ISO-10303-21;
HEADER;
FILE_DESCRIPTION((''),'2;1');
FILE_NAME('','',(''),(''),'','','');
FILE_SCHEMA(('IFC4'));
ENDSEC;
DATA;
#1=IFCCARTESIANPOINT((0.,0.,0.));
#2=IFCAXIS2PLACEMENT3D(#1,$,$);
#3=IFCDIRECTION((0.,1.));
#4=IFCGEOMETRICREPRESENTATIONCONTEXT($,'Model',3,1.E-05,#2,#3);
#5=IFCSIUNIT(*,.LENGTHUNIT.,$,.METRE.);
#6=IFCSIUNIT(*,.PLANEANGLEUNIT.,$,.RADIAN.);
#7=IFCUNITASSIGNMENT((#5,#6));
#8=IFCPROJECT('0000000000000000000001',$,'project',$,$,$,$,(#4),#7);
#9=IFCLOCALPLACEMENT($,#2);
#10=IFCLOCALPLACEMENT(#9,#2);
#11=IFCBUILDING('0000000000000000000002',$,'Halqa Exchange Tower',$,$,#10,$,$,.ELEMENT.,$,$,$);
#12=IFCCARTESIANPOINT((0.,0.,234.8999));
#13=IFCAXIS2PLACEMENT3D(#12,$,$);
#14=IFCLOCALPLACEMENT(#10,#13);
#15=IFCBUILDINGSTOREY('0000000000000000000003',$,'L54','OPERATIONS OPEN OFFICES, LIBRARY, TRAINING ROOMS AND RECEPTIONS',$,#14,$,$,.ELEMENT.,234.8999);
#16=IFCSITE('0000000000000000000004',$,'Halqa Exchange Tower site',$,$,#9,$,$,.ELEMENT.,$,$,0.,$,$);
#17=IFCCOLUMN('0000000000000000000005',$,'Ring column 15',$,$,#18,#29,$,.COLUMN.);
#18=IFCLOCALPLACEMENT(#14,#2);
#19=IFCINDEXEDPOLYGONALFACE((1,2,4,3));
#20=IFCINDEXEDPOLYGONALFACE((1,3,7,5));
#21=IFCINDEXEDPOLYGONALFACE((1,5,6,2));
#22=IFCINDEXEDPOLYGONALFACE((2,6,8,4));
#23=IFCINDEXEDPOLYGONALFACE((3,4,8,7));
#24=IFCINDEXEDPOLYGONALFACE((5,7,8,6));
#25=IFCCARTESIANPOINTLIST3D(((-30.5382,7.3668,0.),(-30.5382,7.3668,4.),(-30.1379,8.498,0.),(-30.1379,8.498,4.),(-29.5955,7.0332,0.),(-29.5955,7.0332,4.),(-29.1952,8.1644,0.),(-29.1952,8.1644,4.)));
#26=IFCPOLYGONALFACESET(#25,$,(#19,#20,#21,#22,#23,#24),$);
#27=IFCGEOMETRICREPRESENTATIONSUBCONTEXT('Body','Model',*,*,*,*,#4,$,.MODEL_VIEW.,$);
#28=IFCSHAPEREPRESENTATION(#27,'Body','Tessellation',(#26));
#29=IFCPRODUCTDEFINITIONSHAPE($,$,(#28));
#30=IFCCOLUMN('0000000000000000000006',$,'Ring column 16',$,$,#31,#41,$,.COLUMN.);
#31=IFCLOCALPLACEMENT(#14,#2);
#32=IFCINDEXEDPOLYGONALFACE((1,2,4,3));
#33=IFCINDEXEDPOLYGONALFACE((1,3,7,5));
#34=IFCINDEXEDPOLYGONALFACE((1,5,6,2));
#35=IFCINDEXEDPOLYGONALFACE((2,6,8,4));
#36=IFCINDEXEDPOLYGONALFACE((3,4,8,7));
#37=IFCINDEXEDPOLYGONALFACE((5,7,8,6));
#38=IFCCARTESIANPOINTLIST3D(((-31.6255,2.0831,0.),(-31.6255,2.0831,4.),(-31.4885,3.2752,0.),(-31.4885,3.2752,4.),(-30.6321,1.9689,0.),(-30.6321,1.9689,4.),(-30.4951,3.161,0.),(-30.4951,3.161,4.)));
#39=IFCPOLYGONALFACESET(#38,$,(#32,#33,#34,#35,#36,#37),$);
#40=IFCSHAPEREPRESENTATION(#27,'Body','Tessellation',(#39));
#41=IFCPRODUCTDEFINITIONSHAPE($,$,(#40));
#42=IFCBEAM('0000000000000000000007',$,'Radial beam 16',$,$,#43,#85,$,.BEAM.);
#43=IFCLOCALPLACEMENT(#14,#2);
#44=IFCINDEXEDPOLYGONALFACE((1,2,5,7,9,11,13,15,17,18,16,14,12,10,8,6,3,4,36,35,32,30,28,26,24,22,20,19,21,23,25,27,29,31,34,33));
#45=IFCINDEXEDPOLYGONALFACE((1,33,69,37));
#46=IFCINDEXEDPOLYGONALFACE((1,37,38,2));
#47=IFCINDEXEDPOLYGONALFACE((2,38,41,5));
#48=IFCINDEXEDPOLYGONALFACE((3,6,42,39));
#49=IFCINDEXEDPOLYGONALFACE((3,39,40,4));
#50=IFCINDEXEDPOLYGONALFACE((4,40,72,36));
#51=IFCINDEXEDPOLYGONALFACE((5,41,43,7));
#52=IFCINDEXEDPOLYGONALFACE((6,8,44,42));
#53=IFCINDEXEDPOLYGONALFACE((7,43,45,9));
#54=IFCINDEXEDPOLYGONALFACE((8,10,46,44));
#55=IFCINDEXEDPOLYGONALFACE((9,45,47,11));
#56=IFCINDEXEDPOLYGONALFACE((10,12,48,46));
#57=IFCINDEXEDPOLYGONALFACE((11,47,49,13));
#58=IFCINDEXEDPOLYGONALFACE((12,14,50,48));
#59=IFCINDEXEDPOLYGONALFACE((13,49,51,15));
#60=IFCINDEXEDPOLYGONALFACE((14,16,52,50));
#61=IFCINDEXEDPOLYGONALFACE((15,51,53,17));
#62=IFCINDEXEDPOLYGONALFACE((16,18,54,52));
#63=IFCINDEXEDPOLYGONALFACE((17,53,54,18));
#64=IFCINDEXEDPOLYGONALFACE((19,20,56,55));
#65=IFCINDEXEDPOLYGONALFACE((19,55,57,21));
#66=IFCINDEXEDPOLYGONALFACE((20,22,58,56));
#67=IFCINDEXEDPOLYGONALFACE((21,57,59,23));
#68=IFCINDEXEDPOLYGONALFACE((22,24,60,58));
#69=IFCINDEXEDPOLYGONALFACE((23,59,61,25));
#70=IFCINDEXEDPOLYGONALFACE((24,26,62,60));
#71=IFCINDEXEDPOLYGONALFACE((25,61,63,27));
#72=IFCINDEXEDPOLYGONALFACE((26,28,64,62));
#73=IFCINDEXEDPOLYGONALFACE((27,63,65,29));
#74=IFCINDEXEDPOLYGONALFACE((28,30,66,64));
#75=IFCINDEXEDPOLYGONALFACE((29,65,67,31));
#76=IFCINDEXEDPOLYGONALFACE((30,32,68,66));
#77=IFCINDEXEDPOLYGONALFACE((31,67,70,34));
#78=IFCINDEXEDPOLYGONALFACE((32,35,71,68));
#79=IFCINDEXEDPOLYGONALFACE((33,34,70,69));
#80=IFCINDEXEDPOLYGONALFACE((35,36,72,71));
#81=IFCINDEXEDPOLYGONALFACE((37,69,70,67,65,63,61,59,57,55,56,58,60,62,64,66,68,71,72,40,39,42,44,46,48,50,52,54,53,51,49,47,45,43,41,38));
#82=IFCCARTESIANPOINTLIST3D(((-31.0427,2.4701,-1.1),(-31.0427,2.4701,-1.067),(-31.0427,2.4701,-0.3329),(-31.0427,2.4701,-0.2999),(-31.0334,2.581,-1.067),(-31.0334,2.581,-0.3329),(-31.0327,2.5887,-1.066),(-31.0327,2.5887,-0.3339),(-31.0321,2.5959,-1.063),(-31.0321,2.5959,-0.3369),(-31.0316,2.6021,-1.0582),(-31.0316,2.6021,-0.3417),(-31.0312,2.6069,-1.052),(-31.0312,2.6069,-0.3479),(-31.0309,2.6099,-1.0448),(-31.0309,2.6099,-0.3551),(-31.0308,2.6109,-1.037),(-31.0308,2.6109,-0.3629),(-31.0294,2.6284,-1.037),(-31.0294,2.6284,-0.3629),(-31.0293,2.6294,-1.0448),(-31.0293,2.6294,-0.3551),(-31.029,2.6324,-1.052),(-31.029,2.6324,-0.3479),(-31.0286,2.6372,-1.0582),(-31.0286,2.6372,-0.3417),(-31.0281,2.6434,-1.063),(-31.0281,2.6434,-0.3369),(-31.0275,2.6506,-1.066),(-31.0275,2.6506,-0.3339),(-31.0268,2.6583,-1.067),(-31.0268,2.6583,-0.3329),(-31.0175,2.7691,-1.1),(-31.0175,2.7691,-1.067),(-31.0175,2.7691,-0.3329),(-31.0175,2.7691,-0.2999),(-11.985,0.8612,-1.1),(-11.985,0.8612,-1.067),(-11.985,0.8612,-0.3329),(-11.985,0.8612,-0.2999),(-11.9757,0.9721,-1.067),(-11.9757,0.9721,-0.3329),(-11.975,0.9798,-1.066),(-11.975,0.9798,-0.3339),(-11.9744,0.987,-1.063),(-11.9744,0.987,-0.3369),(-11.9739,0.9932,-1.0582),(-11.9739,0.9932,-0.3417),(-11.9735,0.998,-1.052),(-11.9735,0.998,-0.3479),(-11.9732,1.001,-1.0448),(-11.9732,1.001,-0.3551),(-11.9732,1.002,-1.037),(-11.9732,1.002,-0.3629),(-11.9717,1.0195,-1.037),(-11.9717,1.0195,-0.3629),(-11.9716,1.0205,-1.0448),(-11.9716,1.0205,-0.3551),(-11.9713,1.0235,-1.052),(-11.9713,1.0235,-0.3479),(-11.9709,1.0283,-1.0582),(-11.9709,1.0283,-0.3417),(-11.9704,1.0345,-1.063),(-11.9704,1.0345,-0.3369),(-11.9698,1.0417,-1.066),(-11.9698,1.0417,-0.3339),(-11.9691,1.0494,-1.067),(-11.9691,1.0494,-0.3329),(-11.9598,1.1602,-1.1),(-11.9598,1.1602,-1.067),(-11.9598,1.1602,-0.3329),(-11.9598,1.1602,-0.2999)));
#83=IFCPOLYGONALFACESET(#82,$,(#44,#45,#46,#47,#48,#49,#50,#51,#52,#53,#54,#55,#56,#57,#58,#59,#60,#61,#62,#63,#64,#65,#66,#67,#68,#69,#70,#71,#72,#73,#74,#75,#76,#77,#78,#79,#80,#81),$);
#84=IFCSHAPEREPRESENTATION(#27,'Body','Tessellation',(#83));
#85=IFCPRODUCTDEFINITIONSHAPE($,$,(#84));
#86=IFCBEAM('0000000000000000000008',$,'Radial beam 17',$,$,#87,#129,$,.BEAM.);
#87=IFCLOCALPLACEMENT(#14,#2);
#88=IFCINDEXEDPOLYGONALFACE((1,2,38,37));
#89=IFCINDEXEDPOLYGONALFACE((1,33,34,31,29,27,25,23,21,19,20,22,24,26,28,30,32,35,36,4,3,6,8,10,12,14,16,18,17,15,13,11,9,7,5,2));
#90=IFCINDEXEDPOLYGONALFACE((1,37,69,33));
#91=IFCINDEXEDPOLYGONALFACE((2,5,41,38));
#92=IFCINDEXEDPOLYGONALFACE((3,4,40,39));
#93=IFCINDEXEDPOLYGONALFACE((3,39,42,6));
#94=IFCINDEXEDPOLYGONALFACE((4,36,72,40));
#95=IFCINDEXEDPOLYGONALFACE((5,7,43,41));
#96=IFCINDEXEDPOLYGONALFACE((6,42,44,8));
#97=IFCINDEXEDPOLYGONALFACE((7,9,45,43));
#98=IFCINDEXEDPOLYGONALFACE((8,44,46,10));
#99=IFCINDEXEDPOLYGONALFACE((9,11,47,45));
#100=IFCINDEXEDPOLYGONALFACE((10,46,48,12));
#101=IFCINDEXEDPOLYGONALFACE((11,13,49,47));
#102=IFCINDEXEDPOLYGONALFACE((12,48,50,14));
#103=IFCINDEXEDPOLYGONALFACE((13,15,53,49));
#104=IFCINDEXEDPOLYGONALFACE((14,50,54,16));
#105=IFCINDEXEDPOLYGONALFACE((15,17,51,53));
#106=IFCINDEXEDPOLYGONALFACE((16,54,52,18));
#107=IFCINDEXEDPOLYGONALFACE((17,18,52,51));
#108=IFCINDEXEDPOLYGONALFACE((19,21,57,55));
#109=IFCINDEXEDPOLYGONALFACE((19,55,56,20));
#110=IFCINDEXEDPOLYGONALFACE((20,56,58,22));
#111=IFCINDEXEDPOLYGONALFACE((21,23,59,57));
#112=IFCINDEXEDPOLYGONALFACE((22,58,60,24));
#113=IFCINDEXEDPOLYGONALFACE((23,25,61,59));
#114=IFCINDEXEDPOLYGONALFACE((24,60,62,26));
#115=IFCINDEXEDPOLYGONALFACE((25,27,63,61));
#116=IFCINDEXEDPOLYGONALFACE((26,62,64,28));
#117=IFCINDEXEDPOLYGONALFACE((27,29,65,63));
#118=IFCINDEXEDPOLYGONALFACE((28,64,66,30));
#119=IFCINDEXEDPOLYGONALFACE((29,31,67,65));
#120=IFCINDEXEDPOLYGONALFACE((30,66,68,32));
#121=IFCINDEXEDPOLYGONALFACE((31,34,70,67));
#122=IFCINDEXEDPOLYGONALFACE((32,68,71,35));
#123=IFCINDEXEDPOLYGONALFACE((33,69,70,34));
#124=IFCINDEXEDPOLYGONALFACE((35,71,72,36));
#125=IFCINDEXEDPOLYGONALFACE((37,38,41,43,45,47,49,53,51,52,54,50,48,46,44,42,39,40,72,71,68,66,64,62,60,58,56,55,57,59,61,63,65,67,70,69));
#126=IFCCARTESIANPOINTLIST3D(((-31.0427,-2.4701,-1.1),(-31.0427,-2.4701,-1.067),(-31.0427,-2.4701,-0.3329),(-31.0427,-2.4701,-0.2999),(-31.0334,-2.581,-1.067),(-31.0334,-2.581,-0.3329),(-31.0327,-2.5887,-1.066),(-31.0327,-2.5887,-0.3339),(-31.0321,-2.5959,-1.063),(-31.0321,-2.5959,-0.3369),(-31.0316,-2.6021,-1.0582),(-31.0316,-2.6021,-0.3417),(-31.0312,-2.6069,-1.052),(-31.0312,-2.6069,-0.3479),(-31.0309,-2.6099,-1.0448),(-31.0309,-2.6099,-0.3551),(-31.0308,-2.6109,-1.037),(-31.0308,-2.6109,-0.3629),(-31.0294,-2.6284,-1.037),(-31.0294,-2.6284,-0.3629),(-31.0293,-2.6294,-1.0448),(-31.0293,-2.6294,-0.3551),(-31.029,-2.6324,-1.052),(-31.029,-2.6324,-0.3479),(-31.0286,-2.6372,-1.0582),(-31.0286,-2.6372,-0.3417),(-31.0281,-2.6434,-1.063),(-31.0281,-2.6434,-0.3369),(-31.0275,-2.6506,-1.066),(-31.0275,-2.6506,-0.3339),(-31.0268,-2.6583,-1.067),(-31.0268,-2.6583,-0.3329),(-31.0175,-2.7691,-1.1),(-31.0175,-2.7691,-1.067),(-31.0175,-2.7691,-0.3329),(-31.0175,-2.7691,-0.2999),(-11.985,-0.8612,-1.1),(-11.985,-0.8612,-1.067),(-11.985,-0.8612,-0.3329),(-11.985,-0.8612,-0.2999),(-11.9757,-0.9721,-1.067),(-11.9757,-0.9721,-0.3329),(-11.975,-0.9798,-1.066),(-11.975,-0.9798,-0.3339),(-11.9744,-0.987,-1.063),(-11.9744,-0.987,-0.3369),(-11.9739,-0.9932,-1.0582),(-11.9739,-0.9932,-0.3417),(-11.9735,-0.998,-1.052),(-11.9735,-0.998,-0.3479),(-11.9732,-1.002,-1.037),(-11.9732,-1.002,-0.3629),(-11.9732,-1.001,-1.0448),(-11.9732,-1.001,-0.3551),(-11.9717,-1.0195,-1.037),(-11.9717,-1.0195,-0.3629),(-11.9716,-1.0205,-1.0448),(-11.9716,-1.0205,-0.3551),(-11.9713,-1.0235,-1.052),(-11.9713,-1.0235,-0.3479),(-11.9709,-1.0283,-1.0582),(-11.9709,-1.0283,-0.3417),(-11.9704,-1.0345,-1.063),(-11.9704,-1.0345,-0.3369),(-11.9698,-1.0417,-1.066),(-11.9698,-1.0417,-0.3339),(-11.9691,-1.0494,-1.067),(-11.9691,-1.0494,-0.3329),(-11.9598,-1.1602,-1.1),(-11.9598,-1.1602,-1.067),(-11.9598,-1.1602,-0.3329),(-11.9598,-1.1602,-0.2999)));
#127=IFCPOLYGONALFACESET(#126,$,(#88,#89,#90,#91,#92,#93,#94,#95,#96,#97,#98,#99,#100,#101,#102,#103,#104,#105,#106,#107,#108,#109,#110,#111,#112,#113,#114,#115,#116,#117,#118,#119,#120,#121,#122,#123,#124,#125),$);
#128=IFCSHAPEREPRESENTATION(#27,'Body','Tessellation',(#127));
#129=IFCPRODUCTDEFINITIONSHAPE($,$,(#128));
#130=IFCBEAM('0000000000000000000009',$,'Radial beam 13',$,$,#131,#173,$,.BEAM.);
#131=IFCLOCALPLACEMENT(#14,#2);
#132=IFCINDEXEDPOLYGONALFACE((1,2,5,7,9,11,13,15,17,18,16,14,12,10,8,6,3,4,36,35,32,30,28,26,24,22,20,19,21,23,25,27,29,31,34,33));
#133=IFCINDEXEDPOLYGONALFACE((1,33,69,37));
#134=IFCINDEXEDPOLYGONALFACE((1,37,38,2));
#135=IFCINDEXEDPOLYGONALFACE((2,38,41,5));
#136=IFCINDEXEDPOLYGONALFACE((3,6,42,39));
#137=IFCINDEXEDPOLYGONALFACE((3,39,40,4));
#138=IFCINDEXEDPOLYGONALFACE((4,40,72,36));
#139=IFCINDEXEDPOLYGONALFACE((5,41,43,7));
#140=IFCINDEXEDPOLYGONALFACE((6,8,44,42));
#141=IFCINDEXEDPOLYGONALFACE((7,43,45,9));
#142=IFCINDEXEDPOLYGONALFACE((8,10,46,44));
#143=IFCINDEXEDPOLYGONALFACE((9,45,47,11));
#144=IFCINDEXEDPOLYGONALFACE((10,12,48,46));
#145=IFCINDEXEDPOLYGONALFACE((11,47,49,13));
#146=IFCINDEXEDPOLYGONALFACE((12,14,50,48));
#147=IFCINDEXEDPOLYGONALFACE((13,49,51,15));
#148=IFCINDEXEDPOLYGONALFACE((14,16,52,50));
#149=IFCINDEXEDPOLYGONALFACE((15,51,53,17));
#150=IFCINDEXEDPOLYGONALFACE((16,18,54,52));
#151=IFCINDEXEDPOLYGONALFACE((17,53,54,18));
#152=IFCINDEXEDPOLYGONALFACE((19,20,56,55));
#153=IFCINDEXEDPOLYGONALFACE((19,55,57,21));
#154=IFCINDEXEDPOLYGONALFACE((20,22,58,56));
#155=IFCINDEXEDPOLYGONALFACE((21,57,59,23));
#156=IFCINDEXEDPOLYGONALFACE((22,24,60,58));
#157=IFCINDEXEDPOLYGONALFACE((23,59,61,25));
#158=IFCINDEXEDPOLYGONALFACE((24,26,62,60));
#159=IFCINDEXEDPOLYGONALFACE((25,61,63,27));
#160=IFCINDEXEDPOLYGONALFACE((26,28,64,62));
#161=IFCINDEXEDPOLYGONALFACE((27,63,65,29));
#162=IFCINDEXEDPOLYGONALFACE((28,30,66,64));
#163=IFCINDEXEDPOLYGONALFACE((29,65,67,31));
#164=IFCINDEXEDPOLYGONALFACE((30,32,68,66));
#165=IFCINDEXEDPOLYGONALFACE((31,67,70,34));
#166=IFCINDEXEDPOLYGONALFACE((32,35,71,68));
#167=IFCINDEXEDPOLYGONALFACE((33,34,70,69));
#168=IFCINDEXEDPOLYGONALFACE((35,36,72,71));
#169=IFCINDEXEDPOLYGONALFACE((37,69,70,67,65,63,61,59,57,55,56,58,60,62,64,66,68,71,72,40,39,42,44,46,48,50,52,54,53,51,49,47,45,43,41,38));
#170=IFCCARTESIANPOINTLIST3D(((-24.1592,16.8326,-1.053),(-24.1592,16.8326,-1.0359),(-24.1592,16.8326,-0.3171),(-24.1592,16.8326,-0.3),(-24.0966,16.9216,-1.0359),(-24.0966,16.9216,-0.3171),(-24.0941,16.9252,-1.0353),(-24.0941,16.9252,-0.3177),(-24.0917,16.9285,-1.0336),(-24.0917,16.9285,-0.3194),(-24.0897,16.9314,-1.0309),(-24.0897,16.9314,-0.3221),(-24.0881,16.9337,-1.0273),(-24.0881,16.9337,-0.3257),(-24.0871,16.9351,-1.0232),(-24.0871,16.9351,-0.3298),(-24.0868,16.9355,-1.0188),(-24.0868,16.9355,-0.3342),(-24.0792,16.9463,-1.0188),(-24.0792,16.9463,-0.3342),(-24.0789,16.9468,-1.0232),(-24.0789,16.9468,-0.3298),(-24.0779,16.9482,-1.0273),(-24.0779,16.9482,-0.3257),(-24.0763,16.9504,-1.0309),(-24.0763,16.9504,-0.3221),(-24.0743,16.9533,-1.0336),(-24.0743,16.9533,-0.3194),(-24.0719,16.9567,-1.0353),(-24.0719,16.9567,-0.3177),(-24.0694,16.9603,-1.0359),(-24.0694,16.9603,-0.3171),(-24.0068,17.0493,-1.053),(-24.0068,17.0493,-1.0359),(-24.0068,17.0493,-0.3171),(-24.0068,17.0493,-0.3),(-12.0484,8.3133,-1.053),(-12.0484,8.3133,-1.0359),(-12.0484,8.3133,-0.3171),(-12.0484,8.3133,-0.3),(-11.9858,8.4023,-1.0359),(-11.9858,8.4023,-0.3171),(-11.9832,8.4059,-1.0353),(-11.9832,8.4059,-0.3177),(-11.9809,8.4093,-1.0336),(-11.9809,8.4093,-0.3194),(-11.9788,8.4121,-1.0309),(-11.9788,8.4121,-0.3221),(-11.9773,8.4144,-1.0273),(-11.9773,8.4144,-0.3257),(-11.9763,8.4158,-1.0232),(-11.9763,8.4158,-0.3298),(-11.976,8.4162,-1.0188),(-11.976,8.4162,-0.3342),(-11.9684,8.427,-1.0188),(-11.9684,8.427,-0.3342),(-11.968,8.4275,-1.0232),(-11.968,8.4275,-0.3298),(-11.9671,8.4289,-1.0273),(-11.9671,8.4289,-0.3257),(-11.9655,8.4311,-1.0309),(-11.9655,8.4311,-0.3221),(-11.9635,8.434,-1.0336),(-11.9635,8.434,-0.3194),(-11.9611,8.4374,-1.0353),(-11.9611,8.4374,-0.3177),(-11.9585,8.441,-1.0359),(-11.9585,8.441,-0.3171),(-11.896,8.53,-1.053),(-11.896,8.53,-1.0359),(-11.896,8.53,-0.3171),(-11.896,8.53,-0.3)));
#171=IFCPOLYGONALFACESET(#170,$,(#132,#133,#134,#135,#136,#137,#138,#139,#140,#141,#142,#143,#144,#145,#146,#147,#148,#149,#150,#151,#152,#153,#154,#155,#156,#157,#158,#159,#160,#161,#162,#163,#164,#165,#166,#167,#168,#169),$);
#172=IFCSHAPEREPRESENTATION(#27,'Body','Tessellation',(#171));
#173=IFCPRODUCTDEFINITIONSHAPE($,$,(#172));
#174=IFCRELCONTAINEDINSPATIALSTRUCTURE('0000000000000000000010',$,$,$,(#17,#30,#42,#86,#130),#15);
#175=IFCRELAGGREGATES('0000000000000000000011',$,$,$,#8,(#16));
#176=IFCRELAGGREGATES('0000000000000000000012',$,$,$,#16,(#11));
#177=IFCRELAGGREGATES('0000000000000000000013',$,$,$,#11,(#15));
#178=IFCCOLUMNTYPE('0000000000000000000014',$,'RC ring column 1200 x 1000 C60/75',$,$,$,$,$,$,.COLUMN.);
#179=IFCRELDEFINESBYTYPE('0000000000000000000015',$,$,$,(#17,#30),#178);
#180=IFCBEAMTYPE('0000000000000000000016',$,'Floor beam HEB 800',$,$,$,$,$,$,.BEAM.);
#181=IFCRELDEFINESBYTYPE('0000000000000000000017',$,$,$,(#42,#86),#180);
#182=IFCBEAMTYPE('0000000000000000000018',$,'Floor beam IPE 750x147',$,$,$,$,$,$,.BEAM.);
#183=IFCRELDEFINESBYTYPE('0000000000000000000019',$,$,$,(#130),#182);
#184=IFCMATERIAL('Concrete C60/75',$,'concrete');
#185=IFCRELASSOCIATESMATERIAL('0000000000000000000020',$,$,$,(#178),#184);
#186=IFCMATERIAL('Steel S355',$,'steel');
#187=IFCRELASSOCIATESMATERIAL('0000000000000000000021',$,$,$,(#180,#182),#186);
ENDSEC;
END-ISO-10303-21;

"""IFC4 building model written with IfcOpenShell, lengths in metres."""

from ifc_helpers import new_model, si_unit, direction, frame, origin, origin_2d, place, context, subcontext, project, spatial, rectangle, i_section, extrude, material, material_profile, profile_set, type_object, element, save


model = new_model("IFC4")

# Units and contexts
model_context = context("Model", 3, precision=1e-05, world=origin(), true_north=direction((0.0, 1.0)))
body_context = subcontext(model_context, "Body", "Model", "MODEL_VIEW")
ifc_project = project(units=[si_unit("LENGTHUNIT", "METRE"), si_unit("PLANEANGLEUNIT", "RADIAN")], contexts=[model_context])

# Site, building, storey
site_placement = place(None, origin())
site = spatial("IfcSite", under=ifc_project, at=site_placement, Name="Halqa Exchange Tower site", CompositionType="ELEMENT", RefElevation=0.0)
building_placement = place(site_placement, origin())
building = spatial("IfcBuilding", under=site, at=building_placement, Name="Halqa Exchange Tower", CompositionType="ELEMENT")
storey_placement = place(building_placement, frame((0.0, 0.0, 234.8999)))
storey = spatial("IfcBuildingStorey", under=building, at=storey_placement, Name="L54", Description="OPERATIONS OPEN OFFICES, LIBRARY, TRAINING ROOMS AND RECEPTIONS", CompositionType="ELEMENT", Elevation=234.8999)

# Columns
ifc_material_1 = material(Name="Concrete C60/75", Category="concrete")
ifc_material_profile_1 = material_profile(ifc_material_1, rectangle(XDim=1.2, YDim=1.0, at=origin_2d()), Name="1200 x 1000")
ifc_profile_set_1 = profile_set([ifc_material_profile_1], Name="Concrete C60/75")
column_type = type_object("IfcColumnType", Name="RC ring column 1200 x 1000 C60/75", PredefinedType="COLUMN", material=ifc_profile_set_1)
for number, where, z_axis, x_axis, name in (
    (1, (-29.8667, 7.7656, 0.0), (0.0, 0.0, 1.0), (-0.333624, -0.942706, 0.0), "Ring column 15"),
    (2, (-31.0603, 2.6221, 0.0), (0.0, 0.0, 1.0), (-0.114153, -0.993463, 0.0), "Ring column 16"),
):
    element("IfcColumn", number, at=place(storey_placement, frame(where, z_axis=z_axis, x_axis=x_axis)), inside=storey, type_object=column_type, Name=name, PredefinedType="COLUMN", context=body_context, shape_type="SweptSolid", body=[
        extrude(rectangle(XDim=1.2, YDim=1.0, at=origin_2d()), origin(), (0.0, 0.0, 1.0), 4.0),
    ])

# Beams
ifc_material_2 = material(Name="Steel S355", Category="steel")
ifc_material_profile_2 = material_profile(ifc_material_2, i_section(OverallWidth=0.3, OverallDepth=0.8, WebThickness=0.0176, FlangeThickness=0.033, FilletRadius=0.03, at=origin_2d()), Name="HEB 800")
ifc_profile_set_2 = profile_set([ifc_material_profile_2], Name="Steel S355")
beam_type_1 = type_object("IfcBeamType", Name="Floor beam HEB 800", PredefinedType="BEAM", material=ifc_profile_set_2)
for number, where, z_axis, x_axis, name in (
    (3, (-11.9724, 1.0107, -0.7), (-0.996455, 0.084123, 0.0), (-0.084123, -0.996455, 0.0), "Radial beam 16"),
    (4, (-11.9724, -1.0107, -0.7), (-0.996455, -0.084123, 0.0), (0.084123, -0.996455, 0.0), "Radial beam 17"),
):
    element("IfcBeam", number, at=place(storey_placement, frame(where, z_axis=z_axis, x_axis=x_axis)), inside=storey, type_object=beam_type_1, Name=name, PredefinedType="BEAM", context=body_context, shape_type="SweptSolid", body=[
        extrude(i_section(OverallWidth=0.3, OverallDepth=0.8, WebThickness=0.0176, FlangeThickness=0.033, FilletRadius=0.03, at=origin_2d()), origin(), (0.0, 0.0, 1.0), 19.1255),
    ])
ifc_material_profile_3 = material_profile(ifc_material_2, i_section(OverallWidth=0.2649, OverallDepth=0.7529, WebThickness=0.0132, FlangeThickness=0.0171, FilletRadius=0.0171, at=origin_2d()), Name="IPE 750x147")
ifc_profile_set_3 = profile_set([ifc_material_profile_3], Name="Steel S355")
beam_type_2 = type_object("IfcBeamType", Name="Floor beam IPE 750x147", PredefinedType="BEAM", material=ifc_profile_set_3)
beam_1_placement = place(storey_placement, frame((-11.9722, 8.4216, -0.6765), z_axis=(-0.817907, 0.575351, 0.0), x_axis=(-0.575351, -0.817907, 0.0)))
element("IfcBeam", 5, at=beam_1_placement, inside=storey, type_object=beam_type_2, Name="Radial beam 13", PredefinedType="BEAM", context=body_context, shape_type="SweptSolid", body=[
    extrude(i_section(OverallWidth=0.2649, OverallDepth=0.7529, WebThickness=0.0132, FlangeThickness=0.0171, FilletRadius=0.0171, at=origin_2d()), origin(), (0.0, 0.0, 1.0), 14.8071),
])

save(model, "model.ifc")
